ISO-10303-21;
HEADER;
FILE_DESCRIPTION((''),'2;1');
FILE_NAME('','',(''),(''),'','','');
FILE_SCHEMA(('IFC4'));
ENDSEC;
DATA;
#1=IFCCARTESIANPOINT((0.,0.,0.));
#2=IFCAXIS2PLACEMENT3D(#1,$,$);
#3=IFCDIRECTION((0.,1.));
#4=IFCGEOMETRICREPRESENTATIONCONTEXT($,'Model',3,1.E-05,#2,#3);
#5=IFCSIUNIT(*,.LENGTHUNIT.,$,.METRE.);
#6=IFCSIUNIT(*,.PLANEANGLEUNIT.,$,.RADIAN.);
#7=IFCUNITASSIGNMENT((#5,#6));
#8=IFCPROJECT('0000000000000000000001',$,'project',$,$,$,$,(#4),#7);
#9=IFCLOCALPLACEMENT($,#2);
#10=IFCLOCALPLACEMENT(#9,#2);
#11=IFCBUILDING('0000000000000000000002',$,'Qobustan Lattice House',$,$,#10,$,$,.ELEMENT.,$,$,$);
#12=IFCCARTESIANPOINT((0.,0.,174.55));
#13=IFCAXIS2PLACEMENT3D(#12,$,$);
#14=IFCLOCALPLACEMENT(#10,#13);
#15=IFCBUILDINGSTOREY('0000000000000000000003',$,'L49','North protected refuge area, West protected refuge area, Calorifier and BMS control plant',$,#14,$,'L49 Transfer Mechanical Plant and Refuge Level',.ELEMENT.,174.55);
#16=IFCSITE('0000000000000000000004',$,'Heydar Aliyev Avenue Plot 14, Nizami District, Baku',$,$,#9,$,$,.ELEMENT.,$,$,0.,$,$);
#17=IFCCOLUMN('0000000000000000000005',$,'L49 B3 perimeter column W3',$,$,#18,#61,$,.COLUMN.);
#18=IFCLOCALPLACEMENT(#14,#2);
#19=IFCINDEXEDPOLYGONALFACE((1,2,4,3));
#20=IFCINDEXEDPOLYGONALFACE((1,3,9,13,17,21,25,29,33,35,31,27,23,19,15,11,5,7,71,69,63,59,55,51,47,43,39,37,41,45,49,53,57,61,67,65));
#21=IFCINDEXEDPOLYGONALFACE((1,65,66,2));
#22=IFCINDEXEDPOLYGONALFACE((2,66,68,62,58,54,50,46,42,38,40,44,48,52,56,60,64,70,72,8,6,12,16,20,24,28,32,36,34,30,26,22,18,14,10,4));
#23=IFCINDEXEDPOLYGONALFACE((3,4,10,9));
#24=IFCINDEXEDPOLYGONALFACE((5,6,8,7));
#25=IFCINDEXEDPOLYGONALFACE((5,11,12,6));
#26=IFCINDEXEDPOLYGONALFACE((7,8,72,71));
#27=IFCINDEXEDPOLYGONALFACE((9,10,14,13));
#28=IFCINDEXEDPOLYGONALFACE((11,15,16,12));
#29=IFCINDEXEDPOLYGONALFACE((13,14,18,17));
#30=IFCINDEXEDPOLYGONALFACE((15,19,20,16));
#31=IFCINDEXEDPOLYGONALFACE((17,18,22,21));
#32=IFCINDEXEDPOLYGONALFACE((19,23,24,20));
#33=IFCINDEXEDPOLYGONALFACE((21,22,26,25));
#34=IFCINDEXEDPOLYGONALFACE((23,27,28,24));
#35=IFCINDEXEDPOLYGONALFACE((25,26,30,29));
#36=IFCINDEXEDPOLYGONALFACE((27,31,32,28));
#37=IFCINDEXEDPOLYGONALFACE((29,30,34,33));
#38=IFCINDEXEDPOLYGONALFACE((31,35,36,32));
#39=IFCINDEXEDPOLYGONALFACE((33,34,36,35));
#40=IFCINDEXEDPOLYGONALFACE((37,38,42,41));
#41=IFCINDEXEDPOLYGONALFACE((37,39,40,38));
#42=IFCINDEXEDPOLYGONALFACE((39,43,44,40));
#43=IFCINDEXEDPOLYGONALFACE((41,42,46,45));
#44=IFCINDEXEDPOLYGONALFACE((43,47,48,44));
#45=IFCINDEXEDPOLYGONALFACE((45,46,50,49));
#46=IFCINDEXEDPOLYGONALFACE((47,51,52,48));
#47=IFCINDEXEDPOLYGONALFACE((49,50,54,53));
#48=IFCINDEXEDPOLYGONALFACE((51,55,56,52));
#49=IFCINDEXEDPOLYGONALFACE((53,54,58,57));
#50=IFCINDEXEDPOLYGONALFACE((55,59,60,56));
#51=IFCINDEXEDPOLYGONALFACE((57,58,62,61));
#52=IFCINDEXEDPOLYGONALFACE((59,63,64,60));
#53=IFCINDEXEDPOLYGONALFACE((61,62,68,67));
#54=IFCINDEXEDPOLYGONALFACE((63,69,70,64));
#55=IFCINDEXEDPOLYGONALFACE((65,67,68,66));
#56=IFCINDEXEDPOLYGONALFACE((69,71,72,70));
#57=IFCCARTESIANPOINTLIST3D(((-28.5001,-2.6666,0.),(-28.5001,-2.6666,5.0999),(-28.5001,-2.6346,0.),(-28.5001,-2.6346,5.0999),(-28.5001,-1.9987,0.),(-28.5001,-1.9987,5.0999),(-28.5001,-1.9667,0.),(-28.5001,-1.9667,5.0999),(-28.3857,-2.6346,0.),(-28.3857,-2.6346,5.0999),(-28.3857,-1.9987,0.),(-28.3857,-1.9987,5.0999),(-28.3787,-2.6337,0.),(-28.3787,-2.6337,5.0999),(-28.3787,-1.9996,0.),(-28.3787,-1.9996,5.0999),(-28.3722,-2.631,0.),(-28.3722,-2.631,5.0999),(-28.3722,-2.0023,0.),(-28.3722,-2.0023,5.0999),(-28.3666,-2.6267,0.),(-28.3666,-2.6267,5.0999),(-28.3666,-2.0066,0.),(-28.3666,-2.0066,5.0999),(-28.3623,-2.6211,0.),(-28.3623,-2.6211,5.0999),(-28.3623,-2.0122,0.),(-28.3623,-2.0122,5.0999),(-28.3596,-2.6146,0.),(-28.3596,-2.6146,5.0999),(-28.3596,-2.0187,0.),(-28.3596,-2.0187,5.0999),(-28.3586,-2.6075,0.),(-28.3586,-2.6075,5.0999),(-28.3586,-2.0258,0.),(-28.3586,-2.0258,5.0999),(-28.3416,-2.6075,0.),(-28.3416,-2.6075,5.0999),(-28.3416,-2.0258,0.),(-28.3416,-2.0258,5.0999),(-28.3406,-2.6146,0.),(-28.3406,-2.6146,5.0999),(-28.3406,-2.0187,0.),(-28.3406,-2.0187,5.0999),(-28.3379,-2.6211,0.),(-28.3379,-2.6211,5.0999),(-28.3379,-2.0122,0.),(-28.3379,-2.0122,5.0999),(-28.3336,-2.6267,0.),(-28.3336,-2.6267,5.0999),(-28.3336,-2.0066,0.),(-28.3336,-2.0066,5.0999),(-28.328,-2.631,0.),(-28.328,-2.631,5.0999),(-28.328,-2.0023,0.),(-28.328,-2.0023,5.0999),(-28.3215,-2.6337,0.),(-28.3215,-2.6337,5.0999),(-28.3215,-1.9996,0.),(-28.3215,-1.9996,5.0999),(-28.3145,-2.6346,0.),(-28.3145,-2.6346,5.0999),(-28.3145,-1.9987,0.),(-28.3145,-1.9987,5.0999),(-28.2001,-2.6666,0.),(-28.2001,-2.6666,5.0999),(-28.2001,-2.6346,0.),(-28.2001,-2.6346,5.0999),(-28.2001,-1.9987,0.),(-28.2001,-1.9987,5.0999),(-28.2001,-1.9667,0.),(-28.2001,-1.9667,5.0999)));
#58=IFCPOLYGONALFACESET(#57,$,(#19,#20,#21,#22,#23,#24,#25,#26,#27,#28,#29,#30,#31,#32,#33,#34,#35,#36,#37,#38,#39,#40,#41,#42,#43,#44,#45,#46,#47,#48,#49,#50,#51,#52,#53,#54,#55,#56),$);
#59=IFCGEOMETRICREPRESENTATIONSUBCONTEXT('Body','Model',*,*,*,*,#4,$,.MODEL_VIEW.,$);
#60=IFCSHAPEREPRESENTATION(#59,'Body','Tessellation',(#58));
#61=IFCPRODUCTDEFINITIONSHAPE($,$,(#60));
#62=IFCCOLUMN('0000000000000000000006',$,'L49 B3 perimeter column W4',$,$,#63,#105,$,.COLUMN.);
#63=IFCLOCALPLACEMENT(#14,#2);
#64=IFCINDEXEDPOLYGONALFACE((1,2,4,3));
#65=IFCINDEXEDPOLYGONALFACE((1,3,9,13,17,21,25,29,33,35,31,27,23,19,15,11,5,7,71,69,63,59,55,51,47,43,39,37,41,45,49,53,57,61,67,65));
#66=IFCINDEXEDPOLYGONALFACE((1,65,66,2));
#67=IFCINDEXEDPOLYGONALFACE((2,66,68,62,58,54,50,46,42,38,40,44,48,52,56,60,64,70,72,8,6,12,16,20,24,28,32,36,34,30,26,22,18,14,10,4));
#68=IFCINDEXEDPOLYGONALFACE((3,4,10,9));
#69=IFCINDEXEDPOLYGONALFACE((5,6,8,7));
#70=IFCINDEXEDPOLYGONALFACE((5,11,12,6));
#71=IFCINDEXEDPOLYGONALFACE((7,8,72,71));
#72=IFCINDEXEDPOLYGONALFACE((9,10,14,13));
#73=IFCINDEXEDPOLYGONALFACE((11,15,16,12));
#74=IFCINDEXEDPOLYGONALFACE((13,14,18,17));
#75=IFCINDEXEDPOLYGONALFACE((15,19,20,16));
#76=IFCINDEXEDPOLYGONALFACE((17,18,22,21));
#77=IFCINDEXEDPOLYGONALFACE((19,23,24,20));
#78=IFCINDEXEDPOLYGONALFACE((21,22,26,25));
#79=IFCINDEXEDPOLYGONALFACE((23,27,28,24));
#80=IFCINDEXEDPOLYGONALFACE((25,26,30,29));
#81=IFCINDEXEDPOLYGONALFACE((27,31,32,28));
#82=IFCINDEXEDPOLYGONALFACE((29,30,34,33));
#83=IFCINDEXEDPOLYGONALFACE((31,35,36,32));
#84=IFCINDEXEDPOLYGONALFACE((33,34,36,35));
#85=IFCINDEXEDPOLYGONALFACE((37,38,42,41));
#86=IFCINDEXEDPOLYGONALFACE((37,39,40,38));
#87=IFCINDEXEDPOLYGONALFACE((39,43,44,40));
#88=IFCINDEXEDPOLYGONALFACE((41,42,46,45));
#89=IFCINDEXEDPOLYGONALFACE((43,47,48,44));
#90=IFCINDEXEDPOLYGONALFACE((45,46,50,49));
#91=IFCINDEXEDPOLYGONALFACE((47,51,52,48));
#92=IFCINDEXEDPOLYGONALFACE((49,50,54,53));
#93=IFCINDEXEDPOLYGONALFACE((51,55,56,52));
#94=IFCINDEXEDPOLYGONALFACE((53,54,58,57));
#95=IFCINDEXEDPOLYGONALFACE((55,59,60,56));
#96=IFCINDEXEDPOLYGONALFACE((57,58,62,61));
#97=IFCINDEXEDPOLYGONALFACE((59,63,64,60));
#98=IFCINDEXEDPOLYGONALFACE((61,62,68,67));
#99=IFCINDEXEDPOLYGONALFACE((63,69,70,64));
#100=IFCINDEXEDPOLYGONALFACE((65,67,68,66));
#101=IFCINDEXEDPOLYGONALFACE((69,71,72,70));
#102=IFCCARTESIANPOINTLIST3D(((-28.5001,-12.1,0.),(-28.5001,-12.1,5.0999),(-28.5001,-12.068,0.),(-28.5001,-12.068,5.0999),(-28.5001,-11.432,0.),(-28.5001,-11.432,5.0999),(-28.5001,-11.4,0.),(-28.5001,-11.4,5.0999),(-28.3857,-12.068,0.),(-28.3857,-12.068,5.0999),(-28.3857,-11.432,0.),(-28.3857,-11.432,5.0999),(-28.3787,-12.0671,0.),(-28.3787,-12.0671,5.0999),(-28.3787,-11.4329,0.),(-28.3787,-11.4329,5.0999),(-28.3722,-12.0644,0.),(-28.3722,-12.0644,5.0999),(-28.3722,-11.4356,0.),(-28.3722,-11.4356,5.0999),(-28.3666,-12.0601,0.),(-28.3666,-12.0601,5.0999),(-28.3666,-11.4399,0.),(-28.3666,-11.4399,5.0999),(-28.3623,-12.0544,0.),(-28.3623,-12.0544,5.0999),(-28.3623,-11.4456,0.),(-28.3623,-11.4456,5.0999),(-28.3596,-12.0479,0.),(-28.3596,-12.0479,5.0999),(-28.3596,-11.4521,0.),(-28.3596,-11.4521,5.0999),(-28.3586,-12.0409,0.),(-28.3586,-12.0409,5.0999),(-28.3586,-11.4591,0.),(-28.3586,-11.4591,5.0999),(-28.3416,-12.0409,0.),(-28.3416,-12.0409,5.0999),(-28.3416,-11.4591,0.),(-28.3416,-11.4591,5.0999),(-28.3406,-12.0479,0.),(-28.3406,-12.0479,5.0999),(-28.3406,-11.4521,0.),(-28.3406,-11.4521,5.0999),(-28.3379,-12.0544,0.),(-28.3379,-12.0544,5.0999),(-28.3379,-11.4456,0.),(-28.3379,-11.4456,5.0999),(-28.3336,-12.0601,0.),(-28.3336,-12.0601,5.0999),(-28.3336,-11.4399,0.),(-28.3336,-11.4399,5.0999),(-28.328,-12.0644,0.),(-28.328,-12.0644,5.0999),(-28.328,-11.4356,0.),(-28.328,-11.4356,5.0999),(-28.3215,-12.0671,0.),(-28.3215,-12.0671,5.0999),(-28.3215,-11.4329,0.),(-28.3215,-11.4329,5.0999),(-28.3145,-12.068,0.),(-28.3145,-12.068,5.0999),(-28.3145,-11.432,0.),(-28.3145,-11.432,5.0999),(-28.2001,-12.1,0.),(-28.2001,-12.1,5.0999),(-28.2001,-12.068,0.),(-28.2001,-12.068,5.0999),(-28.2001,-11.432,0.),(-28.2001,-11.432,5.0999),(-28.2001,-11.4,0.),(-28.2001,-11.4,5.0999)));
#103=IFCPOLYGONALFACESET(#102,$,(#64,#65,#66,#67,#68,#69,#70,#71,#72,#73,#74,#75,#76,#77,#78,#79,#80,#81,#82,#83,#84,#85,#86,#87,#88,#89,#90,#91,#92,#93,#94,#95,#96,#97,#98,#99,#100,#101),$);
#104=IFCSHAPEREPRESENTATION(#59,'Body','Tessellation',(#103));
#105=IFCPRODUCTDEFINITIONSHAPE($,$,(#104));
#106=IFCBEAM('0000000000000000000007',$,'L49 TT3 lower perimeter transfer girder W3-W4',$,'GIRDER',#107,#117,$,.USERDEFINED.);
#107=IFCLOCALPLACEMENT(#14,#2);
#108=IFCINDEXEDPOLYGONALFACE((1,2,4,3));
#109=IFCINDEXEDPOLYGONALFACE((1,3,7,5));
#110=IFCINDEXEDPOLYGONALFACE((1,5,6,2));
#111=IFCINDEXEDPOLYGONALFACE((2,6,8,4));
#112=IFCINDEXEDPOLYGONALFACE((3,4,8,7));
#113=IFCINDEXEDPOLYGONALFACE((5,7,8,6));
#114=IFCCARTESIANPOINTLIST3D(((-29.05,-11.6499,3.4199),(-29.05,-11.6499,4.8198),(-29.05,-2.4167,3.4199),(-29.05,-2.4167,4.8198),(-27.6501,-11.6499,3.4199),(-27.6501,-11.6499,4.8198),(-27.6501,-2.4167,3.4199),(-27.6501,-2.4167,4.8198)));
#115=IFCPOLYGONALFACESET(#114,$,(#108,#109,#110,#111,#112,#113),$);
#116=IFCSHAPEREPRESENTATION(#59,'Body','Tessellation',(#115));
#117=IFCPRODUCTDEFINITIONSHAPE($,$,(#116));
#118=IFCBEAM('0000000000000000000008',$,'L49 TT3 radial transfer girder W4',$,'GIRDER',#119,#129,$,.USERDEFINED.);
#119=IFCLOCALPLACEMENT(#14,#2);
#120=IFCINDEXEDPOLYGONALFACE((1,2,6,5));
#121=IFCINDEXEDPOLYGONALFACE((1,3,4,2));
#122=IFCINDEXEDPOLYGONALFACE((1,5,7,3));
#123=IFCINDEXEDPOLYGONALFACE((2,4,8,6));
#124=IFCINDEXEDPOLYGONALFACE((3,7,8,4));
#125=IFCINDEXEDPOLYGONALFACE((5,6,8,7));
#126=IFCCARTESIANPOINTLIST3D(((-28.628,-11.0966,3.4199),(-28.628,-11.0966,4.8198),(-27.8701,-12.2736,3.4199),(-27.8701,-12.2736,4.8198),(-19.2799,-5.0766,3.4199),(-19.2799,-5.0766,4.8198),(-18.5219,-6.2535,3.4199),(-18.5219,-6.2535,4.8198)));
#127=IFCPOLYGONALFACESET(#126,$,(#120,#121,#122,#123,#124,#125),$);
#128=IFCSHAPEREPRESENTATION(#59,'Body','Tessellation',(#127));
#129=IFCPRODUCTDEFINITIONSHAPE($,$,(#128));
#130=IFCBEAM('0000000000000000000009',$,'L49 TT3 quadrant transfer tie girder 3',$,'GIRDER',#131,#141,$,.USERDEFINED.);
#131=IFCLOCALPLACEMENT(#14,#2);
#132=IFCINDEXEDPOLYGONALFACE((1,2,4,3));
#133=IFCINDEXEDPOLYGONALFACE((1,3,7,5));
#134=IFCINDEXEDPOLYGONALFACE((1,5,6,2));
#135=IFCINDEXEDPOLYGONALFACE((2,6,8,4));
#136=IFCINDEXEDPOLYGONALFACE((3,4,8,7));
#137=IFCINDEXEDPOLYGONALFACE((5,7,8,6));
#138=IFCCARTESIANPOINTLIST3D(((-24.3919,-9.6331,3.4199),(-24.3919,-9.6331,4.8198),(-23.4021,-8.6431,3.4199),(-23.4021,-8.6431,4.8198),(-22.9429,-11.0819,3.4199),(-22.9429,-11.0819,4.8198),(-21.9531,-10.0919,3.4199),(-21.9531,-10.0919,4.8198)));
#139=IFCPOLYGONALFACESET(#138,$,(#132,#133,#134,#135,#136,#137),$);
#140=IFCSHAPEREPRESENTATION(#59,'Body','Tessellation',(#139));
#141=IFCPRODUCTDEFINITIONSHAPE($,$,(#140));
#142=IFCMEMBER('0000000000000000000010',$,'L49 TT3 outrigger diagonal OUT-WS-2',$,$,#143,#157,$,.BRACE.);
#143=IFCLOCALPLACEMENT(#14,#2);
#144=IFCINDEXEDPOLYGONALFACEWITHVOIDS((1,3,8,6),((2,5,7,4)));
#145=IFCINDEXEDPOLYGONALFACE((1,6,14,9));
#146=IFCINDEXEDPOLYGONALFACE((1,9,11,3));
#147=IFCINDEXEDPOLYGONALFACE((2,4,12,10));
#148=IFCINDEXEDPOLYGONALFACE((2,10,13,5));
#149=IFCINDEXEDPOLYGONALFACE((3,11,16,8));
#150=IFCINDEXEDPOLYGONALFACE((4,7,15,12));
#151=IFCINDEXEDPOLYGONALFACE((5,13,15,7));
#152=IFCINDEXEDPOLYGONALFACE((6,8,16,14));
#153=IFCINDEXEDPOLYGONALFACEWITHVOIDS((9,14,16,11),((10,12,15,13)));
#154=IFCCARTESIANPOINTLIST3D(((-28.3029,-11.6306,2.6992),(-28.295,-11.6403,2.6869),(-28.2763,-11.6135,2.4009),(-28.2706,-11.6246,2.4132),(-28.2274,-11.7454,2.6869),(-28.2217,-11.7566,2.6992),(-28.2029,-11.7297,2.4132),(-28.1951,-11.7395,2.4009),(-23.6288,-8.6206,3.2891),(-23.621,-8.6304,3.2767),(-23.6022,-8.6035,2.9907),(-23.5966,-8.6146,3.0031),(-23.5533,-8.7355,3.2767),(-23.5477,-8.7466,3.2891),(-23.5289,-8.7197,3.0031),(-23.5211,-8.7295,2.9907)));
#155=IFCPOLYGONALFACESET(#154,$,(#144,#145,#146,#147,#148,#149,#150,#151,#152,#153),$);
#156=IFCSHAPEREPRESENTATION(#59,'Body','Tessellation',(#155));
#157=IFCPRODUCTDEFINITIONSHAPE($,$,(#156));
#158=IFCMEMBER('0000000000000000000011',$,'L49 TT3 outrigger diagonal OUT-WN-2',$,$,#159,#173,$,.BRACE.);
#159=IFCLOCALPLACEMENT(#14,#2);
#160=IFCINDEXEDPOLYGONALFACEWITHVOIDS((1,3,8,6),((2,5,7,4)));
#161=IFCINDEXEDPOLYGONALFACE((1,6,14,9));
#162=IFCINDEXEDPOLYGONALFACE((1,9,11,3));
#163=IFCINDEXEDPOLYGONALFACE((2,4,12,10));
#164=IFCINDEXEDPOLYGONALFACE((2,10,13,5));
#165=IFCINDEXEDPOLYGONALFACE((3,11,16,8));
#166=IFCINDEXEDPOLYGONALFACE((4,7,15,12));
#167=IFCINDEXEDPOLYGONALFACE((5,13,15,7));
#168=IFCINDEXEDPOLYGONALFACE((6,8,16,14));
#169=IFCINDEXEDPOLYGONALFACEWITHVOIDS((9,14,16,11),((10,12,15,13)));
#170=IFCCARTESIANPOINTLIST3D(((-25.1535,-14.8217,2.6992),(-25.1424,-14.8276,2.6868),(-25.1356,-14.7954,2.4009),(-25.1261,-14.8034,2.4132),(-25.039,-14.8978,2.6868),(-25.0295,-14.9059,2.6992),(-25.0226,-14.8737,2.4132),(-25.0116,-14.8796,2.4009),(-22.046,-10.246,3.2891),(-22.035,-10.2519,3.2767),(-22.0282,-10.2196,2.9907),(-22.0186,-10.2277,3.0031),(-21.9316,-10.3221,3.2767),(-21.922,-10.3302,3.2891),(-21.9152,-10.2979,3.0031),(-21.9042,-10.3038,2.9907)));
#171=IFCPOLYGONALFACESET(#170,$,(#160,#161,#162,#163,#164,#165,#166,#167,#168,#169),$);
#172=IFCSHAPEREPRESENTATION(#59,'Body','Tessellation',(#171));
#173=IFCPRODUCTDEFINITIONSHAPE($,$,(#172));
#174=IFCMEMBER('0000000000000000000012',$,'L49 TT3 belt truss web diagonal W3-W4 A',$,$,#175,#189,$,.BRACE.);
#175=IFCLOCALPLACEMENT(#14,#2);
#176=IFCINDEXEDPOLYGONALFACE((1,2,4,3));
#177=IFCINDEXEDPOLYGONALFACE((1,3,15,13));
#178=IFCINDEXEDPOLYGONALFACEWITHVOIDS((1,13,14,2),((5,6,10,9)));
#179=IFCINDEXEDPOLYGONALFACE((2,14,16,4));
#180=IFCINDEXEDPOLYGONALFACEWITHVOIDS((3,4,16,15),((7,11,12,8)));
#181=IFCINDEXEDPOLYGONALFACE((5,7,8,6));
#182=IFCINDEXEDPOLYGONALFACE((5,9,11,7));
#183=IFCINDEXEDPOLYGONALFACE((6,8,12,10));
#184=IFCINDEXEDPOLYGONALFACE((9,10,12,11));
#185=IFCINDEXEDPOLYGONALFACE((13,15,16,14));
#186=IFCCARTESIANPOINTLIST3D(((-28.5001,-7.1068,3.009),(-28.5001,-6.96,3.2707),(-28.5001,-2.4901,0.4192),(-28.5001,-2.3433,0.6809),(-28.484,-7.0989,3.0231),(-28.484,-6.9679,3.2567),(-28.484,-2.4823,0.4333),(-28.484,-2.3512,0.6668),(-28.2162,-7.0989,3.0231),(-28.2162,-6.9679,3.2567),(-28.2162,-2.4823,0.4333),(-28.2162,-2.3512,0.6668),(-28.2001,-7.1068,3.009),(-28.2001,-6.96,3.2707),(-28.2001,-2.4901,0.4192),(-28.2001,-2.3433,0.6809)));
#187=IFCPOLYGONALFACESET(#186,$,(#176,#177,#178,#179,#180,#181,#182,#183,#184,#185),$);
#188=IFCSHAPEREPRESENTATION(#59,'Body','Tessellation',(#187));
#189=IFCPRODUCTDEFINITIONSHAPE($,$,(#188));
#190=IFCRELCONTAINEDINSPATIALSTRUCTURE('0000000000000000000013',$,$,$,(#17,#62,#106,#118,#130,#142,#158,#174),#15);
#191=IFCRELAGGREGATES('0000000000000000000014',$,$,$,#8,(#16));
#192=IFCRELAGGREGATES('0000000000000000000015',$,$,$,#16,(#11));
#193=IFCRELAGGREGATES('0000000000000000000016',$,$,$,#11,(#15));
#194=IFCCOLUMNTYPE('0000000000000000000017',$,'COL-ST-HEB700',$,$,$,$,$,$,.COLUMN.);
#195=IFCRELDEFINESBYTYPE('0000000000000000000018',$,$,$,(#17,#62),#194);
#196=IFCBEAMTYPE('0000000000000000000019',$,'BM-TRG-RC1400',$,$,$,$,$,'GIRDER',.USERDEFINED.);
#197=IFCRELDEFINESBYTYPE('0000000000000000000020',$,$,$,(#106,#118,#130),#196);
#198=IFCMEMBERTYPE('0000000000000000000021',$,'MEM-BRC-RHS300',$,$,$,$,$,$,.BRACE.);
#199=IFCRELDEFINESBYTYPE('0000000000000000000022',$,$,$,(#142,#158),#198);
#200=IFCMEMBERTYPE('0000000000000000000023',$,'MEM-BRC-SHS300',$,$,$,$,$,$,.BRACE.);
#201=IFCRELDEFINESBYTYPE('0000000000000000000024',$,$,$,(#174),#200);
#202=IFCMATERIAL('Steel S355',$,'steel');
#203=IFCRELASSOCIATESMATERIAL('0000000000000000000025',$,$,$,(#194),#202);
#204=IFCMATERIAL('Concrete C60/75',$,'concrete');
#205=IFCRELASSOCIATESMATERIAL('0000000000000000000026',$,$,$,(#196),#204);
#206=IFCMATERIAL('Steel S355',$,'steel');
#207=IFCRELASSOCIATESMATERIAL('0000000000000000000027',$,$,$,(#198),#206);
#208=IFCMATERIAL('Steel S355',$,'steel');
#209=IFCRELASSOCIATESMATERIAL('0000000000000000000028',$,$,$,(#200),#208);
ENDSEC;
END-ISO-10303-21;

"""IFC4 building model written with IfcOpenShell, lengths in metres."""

from ifc_helpers import new_model, si_unit, direction, frame, origin, origin_2d, place, context, subcontext, project, spatial, rectangle, hollow_rectangle, i_section, extrude, material, material_profile, profile_set, type_object, element, save


model = new_model("IFC4")

# Units and contexts
model_context = context("Model", 3, precision=1e-05, world=origin(), true_north=direction((0.0, 1.0)))
body_context = subcontext(model_context, "Body", "Model", "MODEL_VIEW")
ifc_project = project(units=[si_unit("LENGTHUNIT", "METRE"), si_unit("PLANEANGLEUNIT", "RADIAN")], contexts=[model_context])

# Site, building, storey
site_placement = place(None, origin())
site = spatial("IfcSite", under=ifc_project, at=site_placement, Name="Heydar Aliyev Avenue Plot 14, Nizami District, Baku", CompositionType="ELEMENT", RefElevation=0.0)
building_placement = place(site_placement, origin())
building = spatial("IfcBuilding", under=site, at=building_placement, Name="Qobustan Lattice House", CompositionType="ELEMENT")
storey_placement = place(building_placement, frame((0.0, 0.0, 174.55)))
storey = spatial("IfcBuildingStorey", under=building, at=storey_placement, Name="L49", Description="North protected refuge area, West protected refuge area, Calorifier and BMS control plant", LongName="L49 Transfer Mechanical Plant and Refuge Level", CompositionType="ELEMENT", Elevation=174.55)

# Columns
ifc_material_1 = material(Name="Steel S355", Category="steel")
ifc_material_profile_1 = material_profile(ifc_material_1, i_section(OverallWidth=0.3, OverallDepth=0.7, WebThickness=0.0171, FlangeThickness=0.032, FilletRadius=0.0271, at=origin_2d()), Name="HEB700")
ifc_profile_set_1 = profile_set([ifc_material_profile_1], Name="Steel S355")
column_type = type_object("IfcColumnType", Name="COL-ST-HEB700", PredefinedType="COLUMN", material=ifc_profile_set_1)
for number, where, z_axis, x_axis, name in (
    (1, (-28.3501, -2.3167, 0.0), (0.0, 0.0, 1.0), (1.0, 0.0, 0.0), "L49 B3 perimeter column W3"),
    (2, (-28.3501, -11.75, 0.0), (0.0, 0.0, 1.0), (1.0, 0.0, 0.0), "L49 B3 perimeter column W4"),
):
    element("IfcColumn", number, at=place(storey_placement, frame(where, z_axis=z_axis, x_axis=x_axis)), inside=storey, type_object=column_type, Name=name, PredefinedType="COLUMN", context=body_context, shape_type="SweptSolid", body=[
        extrude(i_section(OverallWidth=0.3, OverallDepth=0.7, WebThickness=0.0171, FlangeThickness=0.032, FilletRadius=0.0271, at=origin_2d()), origin(), (0.0, 0.0, 1.0), 5.0999),
    ])

# Beams
ifc_material_2 = material(Name="Concrete C60/75", Category="concrete")
ifc_material_profile_2 = material_profile(ifc_material_2, rectangle(XDim=1.3999, YDim=1.3999, at=origin_2d()), Name="RC1400x1400")
ifc_profile_set_2 = profile_set([ifc_material_profile_2], Name="Concrete C60/75")
beam_type = type_object("IfcBeamType", Name="BM-TRG-RC1400", ElementType="GIRDER", PredefinedType="USERDEFINED", material=ifc_profile_set_2)
beam_1_placement = place(storey_placement, frame((-28.3501, -2.4167, 4.1199), z_axis=(0.0, -1.0, 0.0), x_axis=(1.0, 0.0, 0.0)))
element("IfcBeam", 3, at=beam_1_placement, inside=storey, type_object=beam_type, Name="L49 TT3 lower perimeter transfer girder W3-W4", ObjectType="GIRDER", PredefinedType="USERDEFINED", context=body_context, shape_type="SweptSolid", body=[
    extrude(rectangle(XDim=1.3999, YDim=1.3999, at=origin_2d()), origin(), (0.0, 0.0, 1.0), 9.2332),
])
beam_2_placement = place(storey_placement, frame((-18.9009, -5.665, 4.1199), z_axis=(-0.840749, -0.541425, 0.0), x_axis=(0.541425, -0.840749, 0.0)))
element("IfcBeam", 4, at=beam_2_placement, inside=storey, type_object=beam_type, Name="L49 TT3 radial transfer girder W4", ObjectType="GIRDER", PredefinedType="USERDEFINED", context=body_context, shape_type="SweptSolid", body=[
    extrude(rectangle(XDim=1.3999, YDim=1.3999, at=origin_2d()), origin(), (0.0, 0.0, 1.0), 11.1189),
])
beam_3_placement = place(storey_placement, frame((-22.448, -10.5869, 4.1199), z_axis=(-0.707166, 0.707047, 0.0), x_axis=(-0.707047, -0.707166, 0.0)))
element("IfcBeam", 5, at=beam_3_placement, inside=storey, type_object=beam_type, Name="L49 TT3 quadrant transfer tie girder 3", ObjectType="GIRDER", PredefinedType="USERDEFINED", context=body_context, shape_type="SweptSolid", body=[
    extrude(rectangle(XDim=1.3999, YDim=1.3999, at=origin_2d()), origin(), (0.0, 0.0, 1.0), 2.0491),
])

# Members
ifc_material_3 = material(Name="Steel S355", Category="steel")
ifc_material_profile_3 = material_profile(ifc_material_3, hollow_rectangle(XDim=0.1499, YDim=0.3, WallThickness=0.0125, at=origin_2d()), Name="RHS300x150x12.5")
ifc_profile_set_3 = profile_set([ifc_material_profile_3], Name="Steel S355")
member_type_1 = type_object("IfcMemberType", Name="MEM-BRC-RHS300", PredefinedType="BRACE", material=ifc_profile_set_3)
member_1_placement = place(storey_placement, frame((-23.575, -8.675, 3.1399), z_axis=(-0.836056, -0.538404, -0.105506), x_axis=(0.541425, -0.840749, 0.0)))
element("IfcMember", 6, at=member_1_placement, inside=storey, type_object=member_type_1, Name="L49 TT3 outrigger diagonal OUT-WS-2", PredefinedType="BRACE", context=body_context, shape_type="SweptSolid", body=[
    extrude(hollow_rectangle(XDim=0.1499, YDim=0.3, WallThickness=0.0125, at=origin_2d()), origin(), (0.0, 0.0, 1.0), 5.5906),
])
member_2_placement = place(storey_placement, frame((-21.9751, -10.2749, 3.1399), z_axis=(-0.558643, -0.822602, -0.10604), x_axis=(0.827266, -0.56181, 0.0)))
element("IfcMember", 7, at=member_2_placement, inside=storey, type_object=member_type_1, Name="L49 TT3 outrigger diagonal OUT-WN-2", PredefinedType="BRACE", context=body_context, shape_type="SweptSolid", body=[
    extrude(hollow_rectangle(XDim=0.1499, YDim=0.3, WallThickness=0.0125, at=origin_2d()), origin(), (0.0, 0.0, 1.0), 5.5625),
])
ifc_material_4 = material(Name="Steel S355", Category="steel")
ifc_material_profile_4 = material_profile(ifc_material_4, hollow_rectangle(XDim=0.3, YDim=0.3, WallThickness=0.0161, at=origin_2d()), Name="SHS300x300x16")
ifc_profile_set_4 = profile_set([ifc_material_profile_4], Name="Steel S355")
member_type_2 = type_object("IfcMemberType", Name="MEM-BRC-SHS300", PredefinedType="BRACE", material=ifc_profile_set_4)
member_3_placement = place(storey_placement, frame((-28.3501, -2.4167, 0.55), z_axis=(0.0, -0.872144, 0.489249), x_axis=(1.0, 0.0, 0.0)))
element("IfcMember", 8, at=member_3_placement, inside=storey, type_object=member_type_2, Name="L49 TT3 belt truss web diagonal W3-W4 A", PredefinedType="BRACE", context=body_context, shape_type="SweptSolid", body=[
    extrude(hollow_rectangle(XDim=0.3, YDim=0.3, WallThickness=0.0161, at=origin_2d()), origin(), (0.0, 0.0, 1.0), 5.2935),
])

save(model, "model.ifc")
